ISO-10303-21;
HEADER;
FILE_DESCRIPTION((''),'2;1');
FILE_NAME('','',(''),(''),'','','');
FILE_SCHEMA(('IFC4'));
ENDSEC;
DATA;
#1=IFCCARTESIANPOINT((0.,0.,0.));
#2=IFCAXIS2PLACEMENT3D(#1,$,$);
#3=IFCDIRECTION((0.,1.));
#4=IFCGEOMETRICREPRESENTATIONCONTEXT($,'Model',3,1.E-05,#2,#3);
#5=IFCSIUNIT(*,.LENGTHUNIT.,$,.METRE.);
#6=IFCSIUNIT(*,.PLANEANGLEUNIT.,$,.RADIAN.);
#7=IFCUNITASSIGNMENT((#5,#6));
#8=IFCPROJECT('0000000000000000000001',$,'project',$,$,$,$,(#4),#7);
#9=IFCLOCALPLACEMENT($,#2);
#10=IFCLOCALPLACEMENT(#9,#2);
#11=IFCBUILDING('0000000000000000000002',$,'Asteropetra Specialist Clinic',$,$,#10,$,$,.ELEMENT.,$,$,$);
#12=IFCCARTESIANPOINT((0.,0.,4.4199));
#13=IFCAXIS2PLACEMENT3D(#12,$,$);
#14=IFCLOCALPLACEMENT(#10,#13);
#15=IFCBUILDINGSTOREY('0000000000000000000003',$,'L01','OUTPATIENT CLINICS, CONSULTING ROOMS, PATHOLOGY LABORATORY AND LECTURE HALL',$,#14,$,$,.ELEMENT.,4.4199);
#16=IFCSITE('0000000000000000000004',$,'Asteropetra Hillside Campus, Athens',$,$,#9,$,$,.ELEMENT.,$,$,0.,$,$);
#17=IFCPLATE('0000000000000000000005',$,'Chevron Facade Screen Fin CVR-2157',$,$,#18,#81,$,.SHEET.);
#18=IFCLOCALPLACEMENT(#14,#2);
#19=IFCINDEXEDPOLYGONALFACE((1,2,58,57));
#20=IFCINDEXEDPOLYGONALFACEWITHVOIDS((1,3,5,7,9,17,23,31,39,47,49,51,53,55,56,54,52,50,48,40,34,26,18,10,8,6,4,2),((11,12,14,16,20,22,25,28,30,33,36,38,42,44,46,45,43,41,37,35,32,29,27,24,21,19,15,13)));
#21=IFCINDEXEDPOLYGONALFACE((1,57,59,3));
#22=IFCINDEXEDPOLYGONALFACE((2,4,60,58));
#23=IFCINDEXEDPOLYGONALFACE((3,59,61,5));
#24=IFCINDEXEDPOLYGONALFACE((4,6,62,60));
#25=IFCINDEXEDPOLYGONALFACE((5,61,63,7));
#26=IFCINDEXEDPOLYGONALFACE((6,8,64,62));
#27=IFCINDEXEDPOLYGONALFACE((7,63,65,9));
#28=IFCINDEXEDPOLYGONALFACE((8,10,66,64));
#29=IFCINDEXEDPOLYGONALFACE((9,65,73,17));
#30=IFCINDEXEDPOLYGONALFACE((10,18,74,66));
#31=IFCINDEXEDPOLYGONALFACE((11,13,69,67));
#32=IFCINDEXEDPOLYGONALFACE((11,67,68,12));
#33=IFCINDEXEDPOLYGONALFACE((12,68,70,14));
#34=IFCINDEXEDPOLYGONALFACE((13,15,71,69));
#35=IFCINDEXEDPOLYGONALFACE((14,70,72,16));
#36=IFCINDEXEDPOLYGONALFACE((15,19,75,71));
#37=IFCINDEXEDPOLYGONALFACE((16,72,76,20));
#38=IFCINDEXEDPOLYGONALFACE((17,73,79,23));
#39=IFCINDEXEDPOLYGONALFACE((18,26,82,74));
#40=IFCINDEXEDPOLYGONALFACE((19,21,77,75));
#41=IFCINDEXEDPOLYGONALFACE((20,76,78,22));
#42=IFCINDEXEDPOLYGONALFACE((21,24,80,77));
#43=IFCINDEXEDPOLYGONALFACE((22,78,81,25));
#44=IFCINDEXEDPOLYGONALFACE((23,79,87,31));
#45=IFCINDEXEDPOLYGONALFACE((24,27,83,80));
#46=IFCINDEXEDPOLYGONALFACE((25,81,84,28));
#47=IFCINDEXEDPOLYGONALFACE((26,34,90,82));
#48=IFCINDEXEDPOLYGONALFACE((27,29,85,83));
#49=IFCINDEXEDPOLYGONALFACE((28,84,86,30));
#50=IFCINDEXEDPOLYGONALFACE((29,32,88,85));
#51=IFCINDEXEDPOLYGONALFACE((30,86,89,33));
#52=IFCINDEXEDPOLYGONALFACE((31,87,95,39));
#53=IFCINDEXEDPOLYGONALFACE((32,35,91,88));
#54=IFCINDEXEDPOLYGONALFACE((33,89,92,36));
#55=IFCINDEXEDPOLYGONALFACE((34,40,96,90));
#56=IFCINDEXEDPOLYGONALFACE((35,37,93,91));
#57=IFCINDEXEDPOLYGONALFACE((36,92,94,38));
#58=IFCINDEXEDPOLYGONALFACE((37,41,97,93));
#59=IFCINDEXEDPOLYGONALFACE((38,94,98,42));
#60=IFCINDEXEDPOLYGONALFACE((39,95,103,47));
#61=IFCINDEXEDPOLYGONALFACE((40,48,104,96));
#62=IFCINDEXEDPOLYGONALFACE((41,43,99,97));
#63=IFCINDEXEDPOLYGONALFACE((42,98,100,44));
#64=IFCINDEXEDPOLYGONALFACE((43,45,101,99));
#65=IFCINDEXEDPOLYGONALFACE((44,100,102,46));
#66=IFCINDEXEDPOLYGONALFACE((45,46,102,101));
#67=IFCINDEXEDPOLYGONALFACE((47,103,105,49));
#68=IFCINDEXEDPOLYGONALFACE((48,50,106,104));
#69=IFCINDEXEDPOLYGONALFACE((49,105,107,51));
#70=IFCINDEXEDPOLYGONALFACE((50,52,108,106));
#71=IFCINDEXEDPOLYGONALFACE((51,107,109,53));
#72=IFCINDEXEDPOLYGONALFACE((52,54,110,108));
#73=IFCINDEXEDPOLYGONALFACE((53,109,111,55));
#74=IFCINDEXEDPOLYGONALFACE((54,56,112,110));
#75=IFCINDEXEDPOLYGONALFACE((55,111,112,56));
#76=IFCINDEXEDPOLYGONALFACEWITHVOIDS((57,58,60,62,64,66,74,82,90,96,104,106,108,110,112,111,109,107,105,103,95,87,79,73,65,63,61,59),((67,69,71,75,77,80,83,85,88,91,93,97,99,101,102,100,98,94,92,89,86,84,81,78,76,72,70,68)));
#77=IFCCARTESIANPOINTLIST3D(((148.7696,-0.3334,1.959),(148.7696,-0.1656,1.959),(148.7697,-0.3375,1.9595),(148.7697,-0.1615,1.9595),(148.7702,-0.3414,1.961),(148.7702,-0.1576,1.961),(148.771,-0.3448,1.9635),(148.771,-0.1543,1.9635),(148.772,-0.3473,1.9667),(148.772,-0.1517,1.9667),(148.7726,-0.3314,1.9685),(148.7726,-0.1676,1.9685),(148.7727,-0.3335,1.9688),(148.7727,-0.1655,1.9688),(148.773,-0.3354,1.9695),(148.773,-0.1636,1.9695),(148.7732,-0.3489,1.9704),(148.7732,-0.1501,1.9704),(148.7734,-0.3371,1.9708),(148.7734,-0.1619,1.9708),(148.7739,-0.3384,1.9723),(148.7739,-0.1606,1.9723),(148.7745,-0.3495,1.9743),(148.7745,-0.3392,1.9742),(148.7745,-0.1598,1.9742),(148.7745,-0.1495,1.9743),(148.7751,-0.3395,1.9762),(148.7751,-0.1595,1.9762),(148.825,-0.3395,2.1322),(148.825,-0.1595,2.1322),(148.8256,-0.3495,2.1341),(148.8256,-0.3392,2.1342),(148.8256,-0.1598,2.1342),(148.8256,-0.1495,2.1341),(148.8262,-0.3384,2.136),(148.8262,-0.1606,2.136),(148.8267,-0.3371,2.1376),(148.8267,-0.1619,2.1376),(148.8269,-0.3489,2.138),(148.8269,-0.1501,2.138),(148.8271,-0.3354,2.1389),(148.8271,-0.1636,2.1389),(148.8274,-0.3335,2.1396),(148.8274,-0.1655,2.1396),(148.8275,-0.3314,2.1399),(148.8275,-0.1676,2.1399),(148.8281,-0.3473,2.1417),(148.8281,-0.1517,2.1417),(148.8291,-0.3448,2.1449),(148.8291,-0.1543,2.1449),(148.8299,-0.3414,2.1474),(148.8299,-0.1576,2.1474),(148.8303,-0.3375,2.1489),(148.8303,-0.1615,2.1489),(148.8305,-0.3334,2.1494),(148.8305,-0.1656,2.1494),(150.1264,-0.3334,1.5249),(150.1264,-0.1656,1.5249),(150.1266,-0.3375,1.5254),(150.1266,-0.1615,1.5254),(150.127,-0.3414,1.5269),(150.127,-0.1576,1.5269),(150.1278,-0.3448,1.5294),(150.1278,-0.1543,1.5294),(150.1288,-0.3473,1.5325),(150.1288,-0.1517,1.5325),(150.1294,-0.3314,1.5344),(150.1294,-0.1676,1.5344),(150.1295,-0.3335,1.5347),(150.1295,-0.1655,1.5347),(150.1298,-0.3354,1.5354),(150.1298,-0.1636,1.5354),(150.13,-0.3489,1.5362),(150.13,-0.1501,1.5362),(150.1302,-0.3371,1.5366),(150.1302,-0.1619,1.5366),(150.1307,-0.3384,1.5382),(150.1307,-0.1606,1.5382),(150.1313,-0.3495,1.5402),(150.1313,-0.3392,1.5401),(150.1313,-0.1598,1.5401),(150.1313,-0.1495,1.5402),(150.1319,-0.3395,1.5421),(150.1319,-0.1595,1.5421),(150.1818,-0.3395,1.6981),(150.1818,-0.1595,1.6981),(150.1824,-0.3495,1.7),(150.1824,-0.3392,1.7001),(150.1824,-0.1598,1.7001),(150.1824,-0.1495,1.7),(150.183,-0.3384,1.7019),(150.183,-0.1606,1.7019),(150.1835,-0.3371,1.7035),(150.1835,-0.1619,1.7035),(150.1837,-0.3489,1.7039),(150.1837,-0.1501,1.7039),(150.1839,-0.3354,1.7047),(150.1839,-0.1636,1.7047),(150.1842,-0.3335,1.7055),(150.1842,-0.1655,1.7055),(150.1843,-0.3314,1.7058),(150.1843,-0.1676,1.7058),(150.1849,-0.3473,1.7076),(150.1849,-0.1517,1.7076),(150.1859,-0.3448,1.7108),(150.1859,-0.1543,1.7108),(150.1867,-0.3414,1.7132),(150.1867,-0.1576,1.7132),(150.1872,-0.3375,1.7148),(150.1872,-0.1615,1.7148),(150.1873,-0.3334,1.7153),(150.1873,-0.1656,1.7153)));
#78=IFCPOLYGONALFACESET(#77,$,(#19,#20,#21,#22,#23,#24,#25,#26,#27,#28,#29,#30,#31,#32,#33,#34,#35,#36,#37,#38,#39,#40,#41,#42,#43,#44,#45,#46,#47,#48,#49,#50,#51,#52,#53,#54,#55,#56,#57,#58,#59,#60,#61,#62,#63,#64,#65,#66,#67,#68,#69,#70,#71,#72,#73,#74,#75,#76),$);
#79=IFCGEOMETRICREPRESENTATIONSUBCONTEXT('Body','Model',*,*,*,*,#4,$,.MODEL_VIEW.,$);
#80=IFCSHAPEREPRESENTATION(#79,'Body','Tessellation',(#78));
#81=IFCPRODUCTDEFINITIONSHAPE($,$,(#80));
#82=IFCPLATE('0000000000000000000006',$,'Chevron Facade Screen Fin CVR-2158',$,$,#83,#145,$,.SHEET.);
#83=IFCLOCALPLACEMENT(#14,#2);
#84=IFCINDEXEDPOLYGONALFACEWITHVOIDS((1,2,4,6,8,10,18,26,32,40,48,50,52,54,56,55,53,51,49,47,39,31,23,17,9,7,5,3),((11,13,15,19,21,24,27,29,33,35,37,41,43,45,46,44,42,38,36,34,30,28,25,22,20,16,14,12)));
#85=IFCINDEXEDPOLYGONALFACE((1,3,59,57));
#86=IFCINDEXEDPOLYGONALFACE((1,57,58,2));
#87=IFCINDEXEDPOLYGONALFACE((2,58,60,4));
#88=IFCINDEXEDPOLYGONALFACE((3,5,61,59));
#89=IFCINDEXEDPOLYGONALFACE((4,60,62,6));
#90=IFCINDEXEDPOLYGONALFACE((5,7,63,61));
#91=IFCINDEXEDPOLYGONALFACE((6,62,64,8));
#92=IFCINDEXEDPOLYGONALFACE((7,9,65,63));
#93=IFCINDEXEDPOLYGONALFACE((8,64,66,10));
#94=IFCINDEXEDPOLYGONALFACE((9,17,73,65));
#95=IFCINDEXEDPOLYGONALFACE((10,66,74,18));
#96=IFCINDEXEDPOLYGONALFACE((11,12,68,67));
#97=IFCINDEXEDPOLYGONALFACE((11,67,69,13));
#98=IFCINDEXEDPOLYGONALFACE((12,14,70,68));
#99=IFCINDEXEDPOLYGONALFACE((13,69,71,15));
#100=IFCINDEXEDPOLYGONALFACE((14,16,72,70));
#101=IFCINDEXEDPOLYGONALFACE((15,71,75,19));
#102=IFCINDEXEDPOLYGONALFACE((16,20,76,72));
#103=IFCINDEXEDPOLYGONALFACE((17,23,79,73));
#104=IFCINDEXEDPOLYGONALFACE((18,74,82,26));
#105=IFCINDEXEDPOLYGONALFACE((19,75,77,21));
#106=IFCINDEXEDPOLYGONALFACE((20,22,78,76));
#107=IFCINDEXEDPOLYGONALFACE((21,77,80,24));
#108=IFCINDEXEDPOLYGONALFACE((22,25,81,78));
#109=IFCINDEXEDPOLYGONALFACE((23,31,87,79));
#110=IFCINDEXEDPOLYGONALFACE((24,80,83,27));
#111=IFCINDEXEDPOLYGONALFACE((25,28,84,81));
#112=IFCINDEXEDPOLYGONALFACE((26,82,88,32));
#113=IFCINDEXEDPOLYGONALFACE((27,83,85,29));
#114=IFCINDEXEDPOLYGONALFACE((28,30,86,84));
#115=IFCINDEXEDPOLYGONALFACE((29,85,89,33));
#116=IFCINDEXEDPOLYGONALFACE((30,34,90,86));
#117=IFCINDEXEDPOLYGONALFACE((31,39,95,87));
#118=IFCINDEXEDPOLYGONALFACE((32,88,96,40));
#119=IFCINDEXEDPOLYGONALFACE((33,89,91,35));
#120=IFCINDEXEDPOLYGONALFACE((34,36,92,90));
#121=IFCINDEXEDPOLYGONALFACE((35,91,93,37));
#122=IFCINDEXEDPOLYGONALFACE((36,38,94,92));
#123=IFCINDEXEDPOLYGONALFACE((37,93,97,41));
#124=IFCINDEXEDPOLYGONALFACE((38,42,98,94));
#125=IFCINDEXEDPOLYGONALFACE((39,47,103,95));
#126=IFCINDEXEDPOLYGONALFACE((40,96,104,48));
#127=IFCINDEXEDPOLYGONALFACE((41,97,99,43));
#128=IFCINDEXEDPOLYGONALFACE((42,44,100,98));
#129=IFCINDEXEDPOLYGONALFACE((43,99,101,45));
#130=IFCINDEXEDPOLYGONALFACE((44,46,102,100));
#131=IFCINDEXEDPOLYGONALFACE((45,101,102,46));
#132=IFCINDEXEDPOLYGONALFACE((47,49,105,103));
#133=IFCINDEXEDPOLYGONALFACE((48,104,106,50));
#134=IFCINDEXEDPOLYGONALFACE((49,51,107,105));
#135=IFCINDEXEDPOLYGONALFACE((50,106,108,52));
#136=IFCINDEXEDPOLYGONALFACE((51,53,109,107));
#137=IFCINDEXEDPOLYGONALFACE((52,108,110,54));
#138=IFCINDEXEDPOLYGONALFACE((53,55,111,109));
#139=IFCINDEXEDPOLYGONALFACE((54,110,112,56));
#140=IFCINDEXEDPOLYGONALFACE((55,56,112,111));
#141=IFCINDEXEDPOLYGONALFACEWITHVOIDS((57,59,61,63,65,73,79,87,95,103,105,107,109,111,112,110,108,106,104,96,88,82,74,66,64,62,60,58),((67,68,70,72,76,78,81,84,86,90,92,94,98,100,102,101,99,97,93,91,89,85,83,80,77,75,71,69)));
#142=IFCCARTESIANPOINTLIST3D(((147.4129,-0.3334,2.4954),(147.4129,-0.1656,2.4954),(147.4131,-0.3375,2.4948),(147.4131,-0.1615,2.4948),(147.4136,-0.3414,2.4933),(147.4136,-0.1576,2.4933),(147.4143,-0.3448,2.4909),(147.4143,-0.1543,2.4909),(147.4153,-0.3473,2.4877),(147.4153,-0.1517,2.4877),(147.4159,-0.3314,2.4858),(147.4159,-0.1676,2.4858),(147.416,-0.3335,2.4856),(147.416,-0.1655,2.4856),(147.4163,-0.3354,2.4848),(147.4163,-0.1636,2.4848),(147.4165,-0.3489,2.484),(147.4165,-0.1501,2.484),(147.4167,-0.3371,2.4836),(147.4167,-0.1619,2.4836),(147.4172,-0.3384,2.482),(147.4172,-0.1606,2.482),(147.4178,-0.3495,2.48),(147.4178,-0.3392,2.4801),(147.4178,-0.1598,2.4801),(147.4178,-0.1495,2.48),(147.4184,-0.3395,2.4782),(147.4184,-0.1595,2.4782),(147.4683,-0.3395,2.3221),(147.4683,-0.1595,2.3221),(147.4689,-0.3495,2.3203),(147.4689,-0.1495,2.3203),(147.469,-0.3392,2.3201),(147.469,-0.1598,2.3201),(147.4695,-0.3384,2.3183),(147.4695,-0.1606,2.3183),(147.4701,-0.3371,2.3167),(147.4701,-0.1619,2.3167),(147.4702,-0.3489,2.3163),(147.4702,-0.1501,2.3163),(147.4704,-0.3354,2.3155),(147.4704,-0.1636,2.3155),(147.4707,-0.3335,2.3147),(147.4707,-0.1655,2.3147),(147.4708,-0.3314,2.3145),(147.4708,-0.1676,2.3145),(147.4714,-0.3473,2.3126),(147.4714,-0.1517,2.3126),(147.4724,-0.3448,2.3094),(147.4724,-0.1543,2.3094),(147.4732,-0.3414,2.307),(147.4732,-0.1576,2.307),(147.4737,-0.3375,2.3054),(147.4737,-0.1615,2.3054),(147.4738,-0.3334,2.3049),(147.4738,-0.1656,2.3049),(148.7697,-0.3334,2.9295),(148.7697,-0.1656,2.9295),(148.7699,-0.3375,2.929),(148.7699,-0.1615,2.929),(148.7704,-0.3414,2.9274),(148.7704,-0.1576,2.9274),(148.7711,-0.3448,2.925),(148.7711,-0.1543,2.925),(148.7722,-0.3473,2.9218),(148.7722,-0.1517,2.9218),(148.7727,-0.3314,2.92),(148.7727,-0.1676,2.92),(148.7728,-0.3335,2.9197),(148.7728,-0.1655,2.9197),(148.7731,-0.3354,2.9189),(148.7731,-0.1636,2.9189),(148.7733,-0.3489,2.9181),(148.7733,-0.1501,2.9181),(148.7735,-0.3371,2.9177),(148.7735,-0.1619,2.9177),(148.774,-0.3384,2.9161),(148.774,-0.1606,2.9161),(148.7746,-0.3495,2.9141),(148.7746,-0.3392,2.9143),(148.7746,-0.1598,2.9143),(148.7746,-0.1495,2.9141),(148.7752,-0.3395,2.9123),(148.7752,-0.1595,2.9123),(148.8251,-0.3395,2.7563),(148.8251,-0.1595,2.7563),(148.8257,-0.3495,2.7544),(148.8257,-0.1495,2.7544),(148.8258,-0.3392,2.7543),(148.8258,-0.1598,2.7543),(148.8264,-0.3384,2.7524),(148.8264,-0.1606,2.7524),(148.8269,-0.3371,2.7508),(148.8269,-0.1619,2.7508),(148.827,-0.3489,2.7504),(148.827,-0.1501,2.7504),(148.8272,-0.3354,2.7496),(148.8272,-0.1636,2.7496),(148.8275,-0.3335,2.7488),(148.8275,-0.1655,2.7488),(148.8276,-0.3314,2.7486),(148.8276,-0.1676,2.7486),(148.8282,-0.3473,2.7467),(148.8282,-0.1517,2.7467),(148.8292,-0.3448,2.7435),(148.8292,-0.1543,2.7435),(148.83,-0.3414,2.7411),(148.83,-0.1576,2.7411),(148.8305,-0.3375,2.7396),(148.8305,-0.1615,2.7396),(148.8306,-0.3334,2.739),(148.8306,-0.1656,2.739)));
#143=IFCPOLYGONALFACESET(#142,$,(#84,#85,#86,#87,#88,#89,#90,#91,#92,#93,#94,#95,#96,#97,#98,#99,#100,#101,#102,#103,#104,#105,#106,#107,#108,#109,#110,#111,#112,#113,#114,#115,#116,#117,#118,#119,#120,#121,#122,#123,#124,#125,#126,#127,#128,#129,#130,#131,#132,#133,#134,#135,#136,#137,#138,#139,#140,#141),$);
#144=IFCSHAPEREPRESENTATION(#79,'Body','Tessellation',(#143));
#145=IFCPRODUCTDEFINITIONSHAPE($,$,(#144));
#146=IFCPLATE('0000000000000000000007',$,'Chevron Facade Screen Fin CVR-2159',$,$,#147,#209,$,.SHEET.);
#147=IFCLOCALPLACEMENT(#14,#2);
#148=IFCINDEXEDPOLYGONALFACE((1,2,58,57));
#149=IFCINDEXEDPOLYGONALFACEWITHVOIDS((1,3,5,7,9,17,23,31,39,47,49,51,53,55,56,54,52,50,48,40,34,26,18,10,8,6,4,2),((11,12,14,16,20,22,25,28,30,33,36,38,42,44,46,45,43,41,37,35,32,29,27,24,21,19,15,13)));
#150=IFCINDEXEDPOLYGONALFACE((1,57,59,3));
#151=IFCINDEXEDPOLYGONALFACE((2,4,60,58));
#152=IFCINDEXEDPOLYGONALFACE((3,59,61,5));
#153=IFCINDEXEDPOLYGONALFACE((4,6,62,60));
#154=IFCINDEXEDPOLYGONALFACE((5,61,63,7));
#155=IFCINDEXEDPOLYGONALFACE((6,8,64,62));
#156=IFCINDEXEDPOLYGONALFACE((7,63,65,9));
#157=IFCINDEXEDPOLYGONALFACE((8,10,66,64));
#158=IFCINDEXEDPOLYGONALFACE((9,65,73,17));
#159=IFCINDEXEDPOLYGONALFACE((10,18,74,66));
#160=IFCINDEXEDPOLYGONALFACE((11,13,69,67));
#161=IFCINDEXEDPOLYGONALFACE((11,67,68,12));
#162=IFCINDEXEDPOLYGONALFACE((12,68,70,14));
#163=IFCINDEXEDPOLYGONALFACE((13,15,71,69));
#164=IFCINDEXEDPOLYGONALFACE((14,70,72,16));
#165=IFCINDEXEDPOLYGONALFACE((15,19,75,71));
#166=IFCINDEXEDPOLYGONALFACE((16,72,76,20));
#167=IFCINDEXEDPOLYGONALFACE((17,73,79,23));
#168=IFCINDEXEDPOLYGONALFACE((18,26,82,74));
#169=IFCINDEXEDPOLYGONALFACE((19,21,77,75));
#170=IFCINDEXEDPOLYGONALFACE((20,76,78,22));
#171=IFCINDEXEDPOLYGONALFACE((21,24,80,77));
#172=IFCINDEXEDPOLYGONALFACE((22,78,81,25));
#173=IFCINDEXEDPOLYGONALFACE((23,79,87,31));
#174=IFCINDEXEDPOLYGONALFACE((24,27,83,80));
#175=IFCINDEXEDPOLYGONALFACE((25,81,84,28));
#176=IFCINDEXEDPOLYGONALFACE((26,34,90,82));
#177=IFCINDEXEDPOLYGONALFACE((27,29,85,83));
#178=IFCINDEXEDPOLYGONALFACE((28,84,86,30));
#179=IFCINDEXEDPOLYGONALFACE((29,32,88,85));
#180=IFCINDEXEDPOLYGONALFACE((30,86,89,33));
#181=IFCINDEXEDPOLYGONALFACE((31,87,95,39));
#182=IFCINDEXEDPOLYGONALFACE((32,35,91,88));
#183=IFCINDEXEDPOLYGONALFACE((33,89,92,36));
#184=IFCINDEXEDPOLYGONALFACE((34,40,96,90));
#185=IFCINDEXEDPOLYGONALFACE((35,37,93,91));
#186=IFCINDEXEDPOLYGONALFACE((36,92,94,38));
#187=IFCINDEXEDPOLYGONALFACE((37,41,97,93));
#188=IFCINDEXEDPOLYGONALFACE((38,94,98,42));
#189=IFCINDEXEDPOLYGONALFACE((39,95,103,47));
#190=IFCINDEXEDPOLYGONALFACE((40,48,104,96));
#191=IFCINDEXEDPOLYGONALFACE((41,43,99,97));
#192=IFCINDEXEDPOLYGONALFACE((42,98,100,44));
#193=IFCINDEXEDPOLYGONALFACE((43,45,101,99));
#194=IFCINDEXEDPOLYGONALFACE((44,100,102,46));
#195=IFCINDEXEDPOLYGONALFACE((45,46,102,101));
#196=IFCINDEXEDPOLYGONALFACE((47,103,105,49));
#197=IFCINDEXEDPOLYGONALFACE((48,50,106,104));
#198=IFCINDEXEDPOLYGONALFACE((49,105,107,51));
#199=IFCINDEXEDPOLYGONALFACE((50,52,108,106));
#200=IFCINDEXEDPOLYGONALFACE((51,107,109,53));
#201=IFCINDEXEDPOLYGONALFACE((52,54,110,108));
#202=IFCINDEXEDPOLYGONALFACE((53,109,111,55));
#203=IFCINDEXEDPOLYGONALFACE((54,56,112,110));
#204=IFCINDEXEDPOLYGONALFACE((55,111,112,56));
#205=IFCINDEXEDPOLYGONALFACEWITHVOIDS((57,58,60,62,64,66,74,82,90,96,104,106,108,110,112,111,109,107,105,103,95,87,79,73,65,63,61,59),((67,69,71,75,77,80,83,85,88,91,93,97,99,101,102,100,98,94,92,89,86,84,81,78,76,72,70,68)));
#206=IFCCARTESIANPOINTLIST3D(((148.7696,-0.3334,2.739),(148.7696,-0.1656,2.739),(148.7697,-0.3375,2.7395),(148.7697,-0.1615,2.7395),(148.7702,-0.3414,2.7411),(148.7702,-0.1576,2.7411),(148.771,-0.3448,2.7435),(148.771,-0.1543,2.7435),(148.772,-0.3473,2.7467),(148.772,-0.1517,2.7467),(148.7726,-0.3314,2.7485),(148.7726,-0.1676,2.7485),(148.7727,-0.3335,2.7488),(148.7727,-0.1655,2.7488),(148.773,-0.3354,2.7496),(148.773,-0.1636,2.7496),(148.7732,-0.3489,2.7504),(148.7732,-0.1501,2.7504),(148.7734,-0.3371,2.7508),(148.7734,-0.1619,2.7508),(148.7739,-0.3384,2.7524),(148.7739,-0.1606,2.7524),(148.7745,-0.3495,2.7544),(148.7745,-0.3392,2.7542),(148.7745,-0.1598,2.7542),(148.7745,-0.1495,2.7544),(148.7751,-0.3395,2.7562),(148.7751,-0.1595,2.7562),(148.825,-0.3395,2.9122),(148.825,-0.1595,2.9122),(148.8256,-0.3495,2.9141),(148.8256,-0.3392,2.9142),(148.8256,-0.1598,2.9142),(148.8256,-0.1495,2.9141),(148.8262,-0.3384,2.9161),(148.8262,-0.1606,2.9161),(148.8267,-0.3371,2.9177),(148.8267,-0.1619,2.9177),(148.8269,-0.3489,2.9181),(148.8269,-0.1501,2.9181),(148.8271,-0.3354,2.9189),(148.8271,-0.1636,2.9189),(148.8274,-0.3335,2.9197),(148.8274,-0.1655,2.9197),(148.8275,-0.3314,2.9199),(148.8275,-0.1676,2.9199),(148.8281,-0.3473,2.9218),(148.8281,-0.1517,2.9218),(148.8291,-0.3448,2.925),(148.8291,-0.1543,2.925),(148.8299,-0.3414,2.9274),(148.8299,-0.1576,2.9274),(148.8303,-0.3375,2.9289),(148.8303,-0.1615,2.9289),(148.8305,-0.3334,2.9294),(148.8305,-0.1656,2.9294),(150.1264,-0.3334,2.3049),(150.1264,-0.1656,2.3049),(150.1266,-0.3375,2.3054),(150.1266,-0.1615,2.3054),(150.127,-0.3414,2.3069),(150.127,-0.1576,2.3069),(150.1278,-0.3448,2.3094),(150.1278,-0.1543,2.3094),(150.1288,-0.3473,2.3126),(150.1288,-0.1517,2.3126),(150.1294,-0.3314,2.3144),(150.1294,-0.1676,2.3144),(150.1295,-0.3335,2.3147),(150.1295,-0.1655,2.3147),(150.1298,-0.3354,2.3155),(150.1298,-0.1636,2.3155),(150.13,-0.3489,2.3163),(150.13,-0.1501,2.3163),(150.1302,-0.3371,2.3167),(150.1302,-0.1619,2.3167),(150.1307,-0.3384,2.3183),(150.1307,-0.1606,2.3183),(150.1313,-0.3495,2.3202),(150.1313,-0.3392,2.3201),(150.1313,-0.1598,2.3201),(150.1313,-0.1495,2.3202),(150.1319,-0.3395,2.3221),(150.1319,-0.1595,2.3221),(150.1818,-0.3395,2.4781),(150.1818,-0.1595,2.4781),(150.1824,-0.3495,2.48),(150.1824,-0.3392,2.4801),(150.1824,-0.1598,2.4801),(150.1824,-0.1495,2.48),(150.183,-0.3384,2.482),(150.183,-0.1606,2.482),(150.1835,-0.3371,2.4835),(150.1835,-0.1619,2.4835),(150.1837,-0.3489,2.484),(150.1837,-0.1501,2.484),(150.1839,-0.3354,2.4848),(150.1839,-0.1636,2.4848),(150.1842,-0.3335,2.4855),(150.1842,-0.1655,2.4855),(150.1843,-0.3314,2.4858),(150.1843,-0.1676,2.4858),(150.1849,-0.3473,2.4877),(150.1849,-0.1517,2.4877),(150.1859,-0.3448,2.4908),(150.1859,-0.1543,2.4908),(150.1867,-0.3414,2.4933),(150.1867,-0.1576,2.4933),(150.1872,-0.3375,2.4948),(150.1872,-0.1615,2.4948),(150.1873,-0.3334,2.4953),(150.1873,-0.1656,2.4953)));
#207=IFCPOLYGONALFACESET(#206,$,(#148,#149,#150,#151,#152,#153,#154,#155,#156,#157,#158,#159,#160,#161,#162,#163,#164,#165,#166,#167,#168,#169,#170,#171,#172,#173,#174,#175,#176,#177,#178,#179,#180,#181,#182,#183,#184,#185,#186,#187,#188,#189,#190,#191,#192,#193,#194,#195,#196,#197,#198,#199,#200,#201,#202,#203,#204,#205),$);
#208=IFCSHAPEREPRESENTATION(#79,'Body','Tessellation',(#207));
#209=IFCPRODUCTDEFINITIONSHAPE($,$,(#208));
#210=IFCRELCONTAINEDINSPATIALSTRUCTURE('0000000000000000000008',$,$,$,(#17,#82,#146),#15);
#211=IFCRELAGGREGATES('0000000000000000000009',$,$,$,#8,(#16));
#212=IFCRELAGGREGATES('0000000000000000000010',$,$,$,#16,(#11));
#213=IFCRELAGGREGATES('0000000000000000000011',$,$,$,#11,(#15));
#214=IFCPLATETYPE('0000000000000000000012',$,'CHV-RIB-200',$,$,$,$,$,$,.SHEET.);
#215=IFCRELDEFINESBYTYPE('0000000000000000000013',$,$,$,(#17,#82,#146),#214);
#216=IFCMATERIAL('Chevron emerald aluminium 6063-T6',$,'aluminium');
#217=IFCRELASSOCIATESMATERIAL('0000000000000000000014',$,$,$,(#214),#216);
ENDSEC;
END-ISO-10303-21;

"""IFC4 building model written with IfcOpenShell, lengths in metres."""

from ifc_helpers import new_model, si_unit, direction, frame, origin, origin_2d, place, context, subcontext, project, spatial, hollow_rectangle, extrude, material, material_profile, profile_set, type_object, element, save


model = new_model("IFC4")

# Units and contexts
model_context = context("Model", 3, precision=1e-05, world=origin(), true_north=direction((0.0, 1.0)))
body_context = subcontext(model_context, "Body", "Model", "MODEL_VIEW")
ifc_project = project(units=[si_unit("LENGTHUNIT", "METRE"), si_unit("PLANEANGLEUNIT", "RADIAN")], contexts=[model_context])

# Site, building, storey
site_placement = place(None, origin())
site = spatial("IfcSite", under=ifc_project, at=site_placement, Name="Asteropetra Hillside Campus, Athens", CompositionType="ELEMENT", RefElevation=0.0)
building_placement = place(site_placement, origin())
building = spatial("IfcBuilding", under=site, at=building_placement, Name="Asteropetra Specialist Clinic", CompositionType="ELEMENT")
storey_placement = place(building_placement, frame((0.0, 0.0, 4.4199)))
storey = spatial("IfcBuildingStorey", under=building, at=storey_placement, Name="L01", Description="OUTPATIENT CLINICS, CONSULTING ROOMS, PATHOLOGY LABORATORY AND LECTURE HALL", CompositionType="ELEMENT", Elevation=4.4199)

# Plates
ifc_material_1 = material(Name="Chevron emerald aluminium 6063-T6", Category="aluminium")
ifc_material_profile_1 = material_profile(ifc_material_1, hollow_rectangle(XDim=0.2, YDim=0.2, WallThickness=0.01, InnerFilletRadius=0.0081, OuterFilletRadius=0.0161, at=origin_2d()), Name="SHS 200x200x10.0")
ifc_profile_set_1 = profile_set([ifc_material_profile_1], Name="Chevron emerald aluminium 6063-T6")
plate_type = type_object("IfcPlateType", Name="CHV-RIB-200", PredefinedType="SHEET", material=ifc_profile_set_1)
for number, where, z_axis, x_axis, name in (
    (1, (148.8, -0.2495, 2.0542), (0.952436, 0.0, -0.304738), (0.0, 1.0, 0.0), "Chevron Facade Screen Fin CVR-2157"),
    (2, (147.4434, -0.2495, 2.4001), (0.952436, 0.0, 0.304738), (0.0, 1.0, 0.0), "Chevron Facade Screen Fin CVR-2158"),
    (3, (148.8, -0.2495, 2.8342), (0.952436, 0.0, -0.304738), (0.0, 1.0, 0.0), "Chevron Facade Screen Fin CVR-2159"),
):
    element("IfcPlate", number, at=place(storey_placement, frame(where, z_axis=z_axis, x_axis=x_axis)), inside=storey, type_object=plate_type, Name=name, PredefinedType="SHEET", context=body_context, shape_type="SweptSolid", body=[
        extrude(hollow_rectangle(XDim=0.2, YDim=0.2, WallThickness=0.01, InnerFilletRadius=0.0081, OuterFilletRadius=0.0161, at=origin_2d()), origin(), (0.0, 0.0, 1.0), 1.4246),
    ])

save(model, "model.ifc")
